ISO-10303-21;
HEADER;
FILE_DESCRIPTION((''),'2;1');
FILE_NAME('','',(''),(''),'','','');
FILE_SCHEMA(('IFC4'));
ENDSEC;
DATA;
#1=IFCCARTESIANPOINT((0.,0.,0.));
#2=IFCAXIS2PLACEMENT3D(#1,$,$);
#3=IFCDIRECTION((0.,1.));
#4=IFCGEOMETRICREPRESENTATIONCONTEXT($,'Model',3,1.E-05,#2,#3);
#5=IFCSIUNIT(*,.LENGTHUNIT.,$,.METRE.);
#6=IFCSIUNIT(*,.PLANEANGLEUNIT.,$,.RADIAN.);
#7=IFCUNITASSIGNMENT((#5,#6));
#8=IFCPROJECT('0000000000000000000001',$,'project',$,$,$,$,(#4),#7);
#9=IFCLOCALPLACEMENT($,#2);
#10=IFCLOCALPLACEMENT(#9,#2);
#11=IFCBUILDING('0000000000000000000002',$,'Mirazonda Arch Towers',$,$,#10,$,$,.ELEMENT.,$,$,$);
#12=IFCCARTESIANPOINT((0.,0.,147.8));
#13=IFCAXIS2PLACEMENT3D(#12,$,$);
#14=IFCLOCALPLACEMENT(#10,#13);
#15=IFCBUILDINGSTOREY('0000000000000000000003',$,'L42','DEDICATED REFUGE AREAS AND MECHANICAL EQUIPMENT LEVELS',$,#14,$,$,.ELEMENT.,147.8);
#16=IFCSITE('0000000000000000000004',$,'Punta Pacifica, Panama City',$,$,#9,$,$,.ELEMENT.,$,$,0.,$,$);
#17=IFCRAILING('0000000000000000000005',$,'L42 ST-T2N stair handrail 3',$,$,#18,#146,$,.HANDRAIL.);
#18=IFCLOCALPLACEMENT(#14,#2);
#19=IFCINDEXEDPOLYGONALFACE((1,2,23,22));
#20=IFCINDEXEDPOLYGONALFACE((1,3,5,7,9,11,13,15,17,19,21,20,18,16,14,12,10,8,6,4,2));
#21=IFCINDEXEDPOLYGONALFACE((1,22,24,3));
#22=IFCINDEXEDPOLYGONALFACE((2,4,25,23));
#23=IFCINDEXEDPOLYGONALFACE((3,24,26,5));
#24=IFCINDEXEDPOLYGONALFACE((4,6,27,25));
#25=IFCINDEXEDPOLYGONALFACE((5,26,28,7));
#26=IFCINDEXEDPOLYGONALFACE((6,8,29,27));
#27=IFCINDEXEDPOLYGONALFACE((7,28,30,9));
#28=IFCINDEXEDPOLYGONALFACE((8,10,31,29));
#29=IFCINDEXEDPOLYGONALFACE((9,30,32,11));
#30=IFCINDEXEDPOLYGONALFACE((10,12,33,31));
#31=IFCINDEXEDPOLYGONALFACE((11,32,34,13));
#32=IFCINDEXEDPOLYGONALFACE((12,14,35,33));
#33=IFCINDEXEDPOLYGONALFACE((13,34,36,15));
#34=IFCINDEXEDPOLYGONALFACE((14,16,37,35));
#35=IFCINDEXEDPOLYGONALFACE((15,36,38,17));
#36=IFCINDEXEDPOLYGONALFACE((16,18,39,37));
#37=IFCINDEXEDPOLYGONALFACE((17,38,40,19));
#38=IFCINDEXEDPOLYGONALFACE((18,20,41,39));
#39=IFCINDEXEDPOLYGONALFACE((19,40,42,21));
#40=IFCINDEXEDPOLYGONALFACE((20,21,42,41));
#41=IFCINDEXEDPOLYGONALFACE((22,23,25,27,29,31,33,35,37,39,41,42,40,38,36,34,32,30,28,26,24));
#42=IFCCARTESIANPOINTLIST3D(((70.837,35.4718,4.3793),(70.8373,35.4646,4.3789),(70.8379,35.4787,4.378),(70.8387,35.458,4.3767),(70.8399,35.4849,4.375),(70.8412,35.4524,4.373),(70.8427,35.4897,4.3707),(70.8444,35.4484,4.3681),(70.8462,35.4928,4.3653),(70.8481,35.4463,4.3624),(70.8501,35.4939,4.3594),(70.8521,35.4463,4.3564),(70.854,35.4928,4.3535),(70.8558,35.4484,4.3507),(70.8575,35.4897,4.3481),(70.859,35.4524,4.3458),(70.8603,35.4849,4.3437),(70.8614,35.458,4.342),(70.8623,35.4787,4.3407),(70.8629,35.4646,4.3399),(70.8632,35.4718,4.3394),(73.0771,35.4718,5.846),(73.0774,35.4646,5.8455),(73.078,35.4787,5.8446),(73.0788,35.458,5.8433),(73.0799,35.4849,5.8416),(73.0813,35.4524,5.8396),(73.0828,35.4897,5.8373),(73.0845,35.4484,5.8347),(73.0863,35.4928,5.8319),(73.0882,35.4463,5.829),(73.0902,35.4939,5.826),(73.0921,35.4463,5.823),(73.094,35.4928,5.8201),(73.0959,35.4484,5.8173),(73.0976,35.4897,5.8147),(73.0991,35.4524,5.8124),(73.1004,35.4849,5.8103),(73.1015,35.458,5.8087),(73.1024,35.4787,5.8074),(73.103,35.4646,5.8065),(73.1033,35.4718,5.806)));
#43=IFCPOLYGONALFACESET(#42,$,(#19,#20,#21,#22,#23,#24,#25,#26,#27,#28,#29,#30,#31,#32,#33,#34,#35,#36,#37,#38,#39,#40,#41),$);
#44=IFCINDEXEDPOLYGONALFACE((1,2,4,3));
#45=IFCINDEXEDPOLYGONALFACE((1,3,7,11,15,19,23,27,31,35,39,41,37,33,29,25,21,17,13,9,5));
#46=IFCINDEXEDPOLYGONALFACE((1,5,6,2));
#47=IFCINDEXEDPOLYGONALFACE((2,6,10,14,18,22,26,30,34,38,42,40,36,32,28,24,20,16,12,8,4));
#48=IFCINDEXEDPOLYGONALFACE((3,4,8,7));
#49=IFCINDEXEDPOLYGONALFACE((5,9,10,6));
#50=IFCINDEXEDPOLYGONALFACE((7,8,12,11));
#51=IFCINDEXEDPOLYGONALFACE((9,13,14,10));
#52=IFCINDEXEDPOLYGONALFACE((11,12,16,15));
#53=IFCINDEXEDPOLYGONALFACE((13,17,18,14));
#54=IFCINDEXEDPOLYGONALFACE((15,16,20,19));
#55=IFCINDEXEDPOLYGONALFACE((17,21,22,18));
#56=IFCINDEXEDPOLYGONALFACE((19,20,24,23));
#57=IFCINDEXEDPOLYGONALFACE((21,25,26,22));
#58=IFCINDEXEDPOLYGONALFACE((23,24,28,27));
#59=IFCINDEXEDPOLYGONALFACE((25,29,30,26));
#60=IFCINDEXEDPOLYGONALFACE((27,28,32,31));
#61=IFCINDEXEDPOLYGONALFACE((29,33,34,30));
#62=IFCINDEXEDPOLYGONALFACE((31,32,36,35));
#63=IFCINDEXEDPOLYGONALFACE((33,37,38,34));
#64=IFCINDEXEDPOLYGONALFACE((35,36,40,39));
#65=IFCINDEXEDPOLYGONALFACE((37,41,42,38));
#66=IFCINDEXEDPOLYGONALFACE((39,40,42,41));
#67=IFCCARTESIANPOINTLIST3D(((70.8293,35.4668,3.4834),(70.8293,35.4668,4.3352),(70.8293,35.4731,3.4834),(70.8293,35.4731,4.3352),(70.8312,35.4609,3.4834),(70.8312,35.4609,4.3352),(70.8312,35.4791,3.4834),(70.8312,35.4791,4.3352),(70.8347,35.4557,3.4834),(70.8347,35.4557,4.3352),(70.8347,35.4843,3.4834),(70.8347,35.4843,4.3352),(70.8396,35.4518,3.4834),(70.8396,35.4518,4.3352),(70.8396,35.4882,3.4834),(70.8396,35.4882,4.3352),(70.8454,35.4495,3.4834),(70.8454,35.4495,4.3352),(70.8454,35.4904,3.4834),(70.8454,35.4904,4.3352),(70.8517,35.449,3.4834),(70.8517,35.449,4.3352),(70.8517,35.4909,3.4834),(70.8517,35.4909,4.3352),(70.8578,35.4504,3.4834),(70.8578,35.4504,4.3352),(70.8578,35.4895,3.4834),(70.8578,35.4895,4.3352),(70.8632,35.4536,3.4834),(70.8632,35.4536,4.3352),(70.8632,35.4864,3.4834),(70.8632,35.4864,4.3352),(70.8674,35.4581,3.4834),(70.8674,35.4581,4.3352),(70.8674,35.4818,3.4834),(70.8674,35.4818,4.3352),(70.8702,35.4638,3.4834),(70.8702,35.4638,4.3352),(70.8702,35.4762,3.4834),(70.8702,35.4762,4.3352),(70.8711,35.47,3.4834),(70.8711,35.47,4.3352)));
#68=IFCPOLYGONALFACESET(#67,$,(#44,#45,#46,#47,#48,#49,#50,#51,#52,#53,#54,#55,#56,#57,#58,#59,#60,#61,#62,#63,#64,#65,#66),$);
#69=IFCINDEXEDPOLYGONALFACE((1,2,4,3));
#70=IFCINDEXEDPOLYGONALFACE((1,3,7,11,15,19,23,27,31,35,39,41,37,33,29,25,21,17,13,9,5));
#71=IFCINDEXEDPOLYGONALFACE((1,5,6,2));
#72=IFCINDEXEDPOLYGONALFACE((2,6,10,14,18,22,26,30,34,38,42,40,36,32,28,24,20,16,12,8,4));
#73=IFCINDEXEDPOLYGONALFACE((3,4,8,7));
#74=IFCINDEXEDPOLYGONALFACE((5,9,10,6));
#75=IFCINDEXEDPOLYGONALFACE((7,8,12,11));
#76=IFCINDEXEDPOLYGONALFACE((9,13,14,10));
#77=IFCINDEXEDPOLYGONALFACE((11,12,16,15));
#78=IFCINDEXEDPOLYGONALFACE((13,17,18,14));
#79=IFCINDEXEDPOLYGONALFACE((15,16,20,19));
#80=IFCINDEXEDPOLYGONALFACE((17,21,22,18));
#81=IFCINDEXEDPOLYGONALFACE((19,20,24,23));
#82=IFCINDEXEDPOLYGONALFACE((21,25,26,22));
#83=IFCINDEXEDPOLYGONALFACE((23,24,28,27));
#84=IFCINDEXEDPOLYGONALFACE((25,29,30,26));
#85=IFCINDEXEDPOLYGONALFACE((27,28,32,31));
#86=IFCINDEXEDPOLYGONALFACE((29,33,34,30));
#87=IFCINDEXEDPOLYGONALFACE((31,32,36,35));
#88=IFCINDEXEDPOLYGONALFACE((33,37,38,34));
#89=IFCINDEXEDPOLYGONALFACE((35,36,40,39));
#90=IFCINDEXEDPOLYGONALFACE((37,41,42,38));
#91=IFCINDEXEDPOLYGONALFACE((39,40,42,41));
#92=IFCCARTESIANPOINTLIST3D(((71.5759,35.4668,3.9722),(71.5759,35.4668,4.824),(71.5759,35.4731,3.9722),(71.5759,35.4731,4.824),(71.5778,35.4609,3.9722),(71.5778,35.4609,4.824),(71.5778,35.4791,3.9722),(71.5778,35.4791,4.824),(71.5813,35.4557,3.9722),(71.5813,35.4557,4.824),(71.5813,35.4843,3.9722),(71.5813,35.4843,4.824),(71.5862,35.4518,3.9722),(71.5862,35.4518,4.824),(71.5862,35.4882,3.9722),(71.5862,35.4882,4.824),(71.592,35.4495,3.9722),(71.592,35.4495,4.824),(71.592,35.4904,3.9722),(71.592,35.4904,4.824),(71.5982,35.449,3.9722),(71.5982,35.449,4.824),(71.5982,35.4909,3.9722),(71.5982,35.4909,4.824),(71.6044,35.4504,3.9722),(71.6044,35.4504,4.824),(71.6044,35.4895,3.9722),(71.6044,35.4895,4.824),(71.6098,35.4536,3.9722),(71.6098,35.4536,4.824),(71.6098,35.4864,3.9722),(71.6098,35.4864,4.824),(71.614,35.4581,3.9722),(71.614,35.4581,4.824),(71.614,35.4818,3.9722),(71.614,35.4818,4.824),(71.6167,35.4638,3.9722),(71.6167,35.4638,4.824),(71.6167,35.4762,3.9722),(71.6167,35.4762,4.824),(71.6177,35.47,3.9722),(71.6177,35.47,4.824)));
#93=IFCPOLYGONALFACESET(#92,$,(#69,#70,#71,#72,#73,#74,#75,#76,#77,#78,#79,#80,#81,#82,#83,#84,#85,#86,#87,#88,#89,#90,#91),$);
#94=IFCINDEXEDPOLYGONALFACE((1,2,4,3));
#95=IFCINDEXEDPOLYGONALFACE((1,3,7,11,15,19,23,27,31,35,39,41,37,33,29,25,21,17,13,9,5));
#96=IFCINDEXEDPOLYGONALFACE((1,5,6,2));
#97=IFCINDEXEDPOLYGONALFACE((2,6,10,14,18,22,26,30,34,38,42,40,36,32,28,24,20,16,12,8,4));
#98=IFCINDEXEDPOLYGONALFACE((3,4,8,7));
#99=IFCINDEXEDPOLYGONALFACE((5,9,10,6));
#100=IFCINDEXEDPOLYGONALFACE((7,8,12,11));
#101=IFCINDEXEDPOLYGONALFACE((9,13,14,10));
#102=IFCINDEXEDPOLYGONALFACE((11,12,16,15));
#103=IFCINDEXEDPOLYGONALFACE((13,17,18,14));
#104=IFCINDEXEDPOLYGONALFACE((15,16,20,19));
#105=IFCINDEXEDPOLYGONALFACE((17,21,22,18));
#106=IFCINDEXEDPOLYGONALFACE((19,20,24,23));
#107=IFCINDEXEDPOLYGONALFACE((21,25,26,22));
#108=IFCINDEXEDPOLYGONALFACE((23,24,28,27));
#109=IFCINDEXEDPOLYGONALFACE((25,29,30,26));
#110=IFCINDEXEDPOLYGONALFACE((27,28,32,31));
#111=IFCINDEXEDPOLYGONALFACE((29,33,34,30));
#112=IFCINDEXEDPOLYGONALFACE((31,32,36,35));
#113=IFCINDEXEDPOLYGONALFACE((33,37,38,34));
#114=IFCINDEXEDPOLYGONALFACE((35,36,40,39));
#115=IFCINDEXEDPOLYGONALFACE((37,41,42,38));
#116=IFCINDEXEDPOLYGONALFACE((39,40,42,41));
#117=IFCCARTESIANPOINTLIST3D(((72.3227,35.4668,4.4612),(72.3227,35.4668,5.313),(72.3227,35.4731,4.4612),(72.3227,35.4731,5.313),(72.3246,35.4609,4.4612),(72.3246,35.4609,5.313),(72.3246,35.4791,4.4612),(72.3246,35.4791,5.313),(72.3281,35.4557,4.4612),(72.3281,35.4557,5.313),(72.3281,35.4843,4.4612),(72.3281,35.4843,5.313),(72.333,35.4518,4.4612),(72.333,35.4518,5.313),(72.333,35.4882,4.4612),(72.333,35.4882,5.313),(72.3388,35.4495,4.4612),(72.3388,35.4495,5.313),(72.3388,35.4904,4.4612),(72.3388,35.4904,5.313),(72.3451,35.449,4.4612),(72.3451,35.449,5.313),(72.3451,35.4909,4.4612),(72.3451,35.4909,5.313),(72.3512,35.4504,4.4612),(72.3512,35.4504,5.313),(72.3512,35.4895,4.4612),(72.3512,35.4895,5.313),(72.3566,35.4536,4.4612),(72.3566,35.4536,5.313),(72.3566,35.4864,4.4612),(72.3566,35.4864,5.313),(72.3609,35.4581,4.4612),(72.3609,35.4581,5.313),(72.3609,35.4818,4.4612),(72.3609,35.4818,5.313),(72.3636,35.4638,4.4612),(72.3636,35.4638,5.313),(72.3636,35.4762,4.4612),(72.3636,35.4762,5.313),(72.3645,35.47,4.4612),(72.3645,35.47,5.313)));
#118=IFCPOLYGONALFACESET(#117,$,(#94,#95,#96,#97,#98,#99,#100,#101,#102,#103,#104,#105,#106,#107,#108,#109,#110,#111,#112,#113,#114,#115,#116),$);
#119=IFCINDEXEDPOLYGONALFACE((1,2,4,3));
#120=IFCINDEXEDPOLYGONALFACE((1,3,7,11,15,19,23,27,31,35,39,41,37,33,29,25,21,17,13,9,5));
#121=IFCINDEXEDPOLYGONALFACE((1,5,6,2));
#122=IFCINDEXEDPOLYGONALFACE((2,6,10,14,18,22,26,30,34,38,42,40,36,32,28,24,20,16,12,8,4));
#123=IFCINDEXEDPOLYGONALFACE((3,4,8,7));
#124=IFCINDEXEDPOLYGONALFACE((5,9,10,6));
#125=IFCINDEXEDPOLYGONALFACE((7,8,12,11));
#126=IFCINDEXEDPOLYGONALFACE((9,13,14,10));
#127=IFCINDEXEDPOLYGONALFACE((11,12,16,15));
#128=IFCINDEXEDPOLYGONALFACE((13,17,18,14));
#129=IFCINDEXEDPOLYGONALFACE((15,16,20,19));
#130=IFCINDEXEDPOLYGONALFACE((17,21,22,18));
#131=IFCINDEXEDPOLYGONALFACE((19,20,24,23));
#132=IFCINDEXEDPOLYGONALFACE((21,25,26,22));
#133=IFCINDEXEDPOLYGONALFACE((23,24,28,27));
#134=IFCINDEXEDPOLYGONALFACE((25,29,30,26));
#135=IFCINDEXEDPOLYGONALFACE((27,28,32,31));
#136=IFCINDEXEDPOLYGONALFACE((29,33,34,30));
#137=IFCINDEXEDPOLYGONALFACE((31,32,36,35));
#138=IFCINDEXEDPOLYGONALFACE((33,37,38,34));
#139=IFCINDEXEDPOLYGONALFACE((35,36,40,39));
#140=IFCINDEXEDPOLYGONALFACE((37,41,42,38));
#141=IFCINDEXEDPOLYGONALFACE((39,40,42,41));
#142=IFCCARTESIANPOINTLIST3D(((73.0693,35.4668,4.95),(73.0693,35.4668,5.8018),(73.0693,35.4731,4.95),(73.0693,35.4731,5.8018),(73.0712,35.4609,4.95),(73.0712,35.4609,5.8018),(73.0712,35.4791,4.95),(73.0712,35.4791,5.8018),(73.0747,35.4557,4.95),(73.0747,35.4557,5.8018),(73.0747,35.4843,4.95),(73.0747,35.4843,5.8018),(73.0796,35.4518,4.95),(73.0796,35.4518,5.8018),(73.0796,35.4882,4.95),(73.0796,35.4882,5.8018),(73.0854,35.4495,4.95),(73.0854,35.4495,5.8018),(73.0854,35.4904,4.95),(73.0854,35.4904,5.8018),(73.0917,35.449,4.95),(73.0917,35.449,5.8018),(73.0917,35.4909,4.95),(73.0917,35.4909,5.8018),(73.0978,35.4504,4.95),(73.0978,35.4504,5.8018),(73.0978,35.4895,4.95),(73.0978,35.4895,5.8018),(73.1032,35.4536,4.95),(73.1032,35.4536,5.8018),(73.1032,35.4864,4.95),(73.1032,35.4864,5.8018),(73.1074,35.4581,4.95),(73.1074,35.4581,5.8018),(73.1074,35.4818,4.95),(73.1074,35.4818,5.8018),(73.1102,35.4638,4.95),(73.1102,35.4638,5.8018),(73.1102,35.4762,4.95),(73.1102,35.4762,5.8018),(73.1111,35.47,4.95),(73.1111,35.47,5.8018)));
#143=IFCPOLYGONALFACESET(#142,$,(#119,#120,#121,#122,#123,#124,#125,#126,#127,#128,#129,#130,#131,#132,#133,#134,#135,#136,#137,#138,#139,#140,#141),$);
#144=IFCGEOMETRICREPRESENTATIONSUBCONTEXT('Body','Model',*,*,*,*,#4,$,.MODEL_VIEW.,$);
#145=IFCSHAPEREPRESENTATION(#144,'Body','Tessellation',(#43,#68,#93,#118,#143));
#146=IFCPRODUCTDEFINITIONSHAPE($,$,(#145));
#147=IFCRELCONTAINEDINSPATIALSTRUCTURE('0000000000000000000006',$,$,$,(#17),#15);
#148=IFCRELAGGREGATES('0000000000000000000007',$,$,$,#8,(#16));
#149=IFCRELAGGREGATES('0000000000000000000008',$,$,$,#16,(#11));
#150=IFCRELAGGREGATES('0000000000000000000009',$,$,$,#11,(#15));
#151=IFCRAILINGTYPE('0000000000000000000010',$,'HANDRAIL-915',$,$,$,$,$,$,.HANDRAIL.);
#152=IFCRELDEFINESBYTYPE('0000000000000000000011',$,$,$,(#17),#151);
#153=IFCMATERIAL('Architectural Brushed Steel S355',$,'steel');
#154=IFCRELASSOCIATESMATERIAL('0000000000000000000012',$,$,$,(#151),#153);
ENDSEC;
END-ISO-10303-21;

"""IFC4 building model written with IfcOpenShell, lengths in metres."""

from ifc_helpers import new_model, si_unit, direction, frame, origin, origin_2d, place, context, subcontext, project, spatial, circle, extrude, material, type_object, element, save


model = new_model("IFC4")

# Units and contexts
model_context = context("Model", 3, precision=1e-05, world=origin(), true_north=direction((0.0, 1.0)))
body_context = subcontext(model_context, "Body", "Model", "MODEL_VIEW")
ifc_project = project(units=[si_unit("LENGTHUNIT", "METRE"), si_unit("PLANEANGLEUNIT", "RADIAN")], contexts=[model_context])

# Site, building, storey
site_placement = place(None, origin())
site = spatial("IfcSite", under=ifc_project, at=site_placement, Name="Punta Pacifica, Panama City", CompositionType="ELEMENT", RefElevation=0.0)
building_placement = place(site_placement, origin())
building = spatial("IfcBuilding", under=site, at=building_placement, Name="Mirazonda Arch Towers", CompositionType="ELEMENT")
storey_placement = place(building_placement, frame((0.0, 0.0, 147.8)))
storey = spatial("IfcBuildingStorey", under=building, at=storey_placement, Name="L42", Description="DEDICATED REFUGE AREAS AND MECHANICAL EQUIPMENT LEVELS", CompositionType="ELEMENT", Elevation=147.8)

# Shared definitions
ifc_material_1 = material(Name="Architectural Brushed Steel S355", Category="steel")

# Railing
railing_type_1 = type_object("IfcRailingType", Name="HANDRAIL-915", PredefinedType="HANDRAIL", material=ifc_material_1)
for number, where, name in (
    (1, (70.8501, 35.47, 3.4834), "L42 ST-T2N stair handrail 3"),
):
    element("IfcRailing", number, at=place(storey_placement, frame(where)), inside=storey, type_object=railing_type_1, Name=name, PredefinedType="HANDRAIL", context=body_context, shape_type="SweptSolid", body=[
        extrude(circle(Radius=0.0239, at=origin_2d()), frame((0.0, 0.0, 0.876), z_axis=(0.836637, 0.0, 0.547758), x_axis=(0.0, 1.0, 0.0)), (0.0, 0.0, 1.0), 2.6775),
        extrude(circle(Radius=0.021, at=origin_2d()), origin(), (0.0, 0.0, 1.0), 0.8518),
        extrude(circle(Radius=0.021, at=origin_2d()), frame((0.7466, 0.0, 0.4888)), (0.0, 0.0, 1.0), 0.8518),
        extrude(circle(Radius=0.021, at=origin_2d()), frame((1.4934, 0.0, 0.9778)), (0.0, 0.0, 1.0), 0.8518),
        extrude(circle(Radius=0.021, at=origin_2d()), frame((2.24, 0.0, 1.4666)), (0.0, 0.0, 1.0), 0.8518),
    ])

save(model, "model.ifc")
